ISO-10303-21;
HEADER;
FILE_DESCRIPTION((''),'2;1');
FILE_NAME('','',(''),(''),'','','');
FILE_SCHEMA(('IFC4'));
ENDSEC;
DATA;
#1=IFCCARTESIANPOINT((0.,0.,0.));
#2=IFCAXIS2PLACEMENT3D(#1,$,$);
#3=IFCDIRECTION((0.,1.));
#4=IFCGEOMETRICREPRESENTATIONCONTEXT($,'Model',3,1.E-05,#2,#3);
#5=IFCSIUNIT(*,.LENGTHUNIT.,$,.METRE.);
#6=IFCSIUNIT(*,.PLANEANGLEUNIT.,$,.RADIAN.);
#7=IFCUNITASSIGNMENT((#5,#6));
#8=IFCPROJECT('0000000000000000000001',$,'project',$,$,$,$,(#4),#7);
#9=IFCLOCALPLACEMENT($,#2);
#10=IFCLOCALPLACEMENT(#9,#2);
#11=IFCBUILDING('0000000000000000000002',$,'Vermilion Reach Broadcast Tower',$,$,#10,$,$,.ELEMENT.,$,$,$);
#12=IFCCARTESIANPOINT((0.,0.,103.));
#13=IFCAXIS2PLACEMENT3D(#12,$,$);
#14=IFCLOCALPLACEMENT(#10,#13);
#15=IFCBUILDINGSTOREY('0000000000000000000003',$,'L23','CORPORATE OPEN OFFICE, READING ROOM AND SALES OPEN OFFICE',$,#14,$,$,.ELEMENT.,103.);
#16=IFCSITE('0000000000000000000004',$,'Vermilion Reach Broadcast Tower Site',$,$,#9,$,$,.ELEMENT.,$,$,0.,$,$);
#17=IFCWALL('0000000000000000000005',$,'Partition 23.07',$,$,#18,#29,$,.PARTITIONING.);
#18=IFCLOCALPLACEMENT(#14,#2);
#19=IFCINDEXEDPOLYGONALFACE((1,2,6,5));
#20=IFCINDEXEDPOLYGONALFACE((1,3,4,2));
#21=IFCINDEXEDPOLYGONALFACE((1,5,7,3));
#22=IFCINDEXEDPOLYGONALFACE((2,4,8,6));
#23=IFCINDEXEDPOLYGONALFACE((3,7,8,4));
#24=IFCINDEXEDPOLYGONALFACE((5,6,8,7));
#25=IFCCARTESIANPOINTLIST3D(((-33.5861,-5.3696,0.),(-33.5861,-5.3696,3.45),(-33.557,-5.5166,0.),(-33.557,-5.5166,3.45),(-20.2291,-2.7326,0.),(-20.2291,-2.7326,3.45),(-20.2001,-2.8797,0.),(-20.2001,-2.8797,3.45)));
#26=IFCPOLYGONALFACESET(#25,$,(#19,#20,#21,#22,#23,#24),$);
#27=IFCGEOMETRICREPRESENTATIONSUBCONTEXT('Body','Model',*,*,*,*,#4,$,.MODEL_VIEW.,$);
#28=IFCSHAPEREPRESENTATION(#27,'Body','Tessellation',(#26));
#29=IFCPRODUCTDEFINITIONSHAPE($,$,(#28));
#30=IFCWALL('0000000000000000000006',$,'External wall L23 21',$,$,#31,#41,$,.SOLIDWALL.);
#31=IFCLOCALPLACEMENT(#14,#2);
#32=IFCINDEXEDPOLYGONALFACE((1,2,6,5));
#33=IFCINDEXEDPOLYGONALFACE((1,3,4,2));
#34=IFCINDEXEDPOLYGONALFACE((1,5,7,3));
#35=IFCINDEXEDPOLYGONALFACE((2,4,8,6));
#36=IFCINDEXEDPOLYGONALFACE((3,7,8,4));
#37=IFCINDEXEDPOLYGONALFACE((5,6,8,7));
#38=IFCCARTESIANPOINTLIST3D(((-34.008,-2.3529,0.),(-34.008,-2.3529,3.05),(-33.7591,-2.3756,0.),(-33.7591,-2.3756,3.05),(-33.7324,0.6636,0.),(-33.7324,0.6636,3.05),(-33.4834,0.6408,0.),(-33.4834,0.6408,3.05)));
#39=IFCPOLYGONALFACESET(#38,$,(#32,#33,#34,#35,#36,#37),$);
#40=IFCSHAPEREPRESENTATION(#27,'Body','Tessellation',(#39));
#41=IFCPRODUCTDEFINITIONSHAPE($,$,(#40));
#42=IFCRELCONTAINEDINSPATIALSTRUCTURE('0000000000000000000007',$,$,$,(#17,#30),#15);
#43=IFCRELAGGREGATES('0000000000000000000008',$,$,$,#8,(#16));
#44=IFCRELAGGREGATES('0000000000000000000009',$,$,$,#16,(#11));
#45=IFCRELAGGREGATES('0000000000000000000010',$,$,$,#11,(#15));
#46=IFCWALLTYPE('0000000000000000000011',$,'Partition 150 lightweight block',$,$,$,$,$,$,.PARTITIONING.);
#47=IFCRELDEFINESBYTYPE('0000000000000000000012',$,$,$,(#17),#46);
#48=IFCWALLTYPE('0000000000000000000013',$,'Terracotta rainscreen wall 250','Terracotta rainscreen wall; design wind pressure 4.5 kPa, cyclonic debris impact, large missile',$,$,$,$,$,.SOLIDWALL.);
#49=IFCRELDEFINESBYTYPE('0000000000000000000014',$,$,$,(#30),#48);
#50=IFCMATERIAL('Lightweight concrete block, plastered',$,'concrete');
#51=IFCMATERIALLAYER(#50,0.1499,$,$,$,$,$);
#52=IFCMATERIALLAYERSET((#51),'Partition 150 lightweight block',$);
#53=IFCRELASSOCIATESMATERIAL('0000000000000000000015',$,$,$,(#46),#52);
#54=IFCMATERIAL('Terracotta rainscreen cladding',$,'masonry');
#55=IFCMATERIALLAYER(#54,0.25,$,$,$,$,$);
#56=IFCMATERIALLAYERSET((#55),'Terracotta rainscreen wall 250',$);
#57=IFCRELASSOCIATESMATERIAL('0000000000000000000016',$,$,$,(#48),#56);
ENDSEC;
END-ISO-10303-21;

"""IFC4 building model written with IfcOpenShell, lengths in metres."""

from ifc_helpers import new_model, si_unit, direction, frame, frame_2d, origin, place, context, subcontext, project, spatial, rectangle, extrude, material, layer, layer_set, type_object, element, save


model = new_model("IFC4")

# Units and contexts
model_context = context("Model", 3, precision=1e-05, world=origin(), true_north=direction((0.0, 1.0)))
body_context = subcontext(model_context, "Body", "Model", "MODEL_VIEW")
ifc_project = project(units=[si_unit("LENGTHUNIT", "METRE"), si_unit("PLANEANGLEUNIT", "RADIAN")], contexts=[model_context])

# Site, building, storey
site_placement = place(None, origin())
site = spatial("IfcSite", under=ifc_project, at=site_placement, Name="Vermilion Reach Broadcast Tower Site", CompositionType="ELEMENT", RefElevation=0.0)
building_placement = place(site_placement, origin())
building = spatial("IfcBuilding", under=site, at=building_placement, Name="Vermilion Reach Broadcast Tower", CompositionType="ELEMENT")
storey_placement = place(building_placement, frame((0.0, 0.0, 103.0)))
storey = spatial("IfcBuildingStorey", under=building, at=storey_placement, Name="L23", Description="CORPORATE OPEN OFFICE, READING ROOM AND SALES OPEN OFFICE", CompositionType="ELEMENT", Elevation=103.0)

# Walls
ifc_material_1 = material(Name="Lightweight concrete block, plastered", Category="concrete")
ifc_layer_1 = layer(ifc_material_1, 0.1499)
ifc_layer_set_1 = layer_set([ifc_layer_1], Name="Partition 150 lightweight block")
wall_type_1 = type_object("IfcWallType", Name="Partition 150 lightweight block", PredefinedType="PARTITIONING", material=ifc_layer_set_1)
wall_1_placement = place(storey_placement, frame((-33.5715, -5.4431, 0.0), z_axis=(0.0, 0.0, 1.0), x_axis=(0.981064, 0.193684, 0.0)))
element("IfcWall", 1, at=wall_1_placement, inside=storey, type_object=wall_type_1, Name="Partition 23.07", PredefinedType="PARTITIONING", context=body_context, shape_type="SweptSolid", body=[
    extrude(rectangle(XDim=13.6147, YDim=0.1499, at=frame_2d((6.8074, 0.0))), origin(), (0.0, 0.0, 1.0), 3.45),
])
ifc_material_2 = material(Name="Terracotta rainscreen cladding", Category="masonry")
ifc_layer_2 = layer(ifc_material_2, 0.25)
ifc_layer_set_2 = layer_set([ifc_layer_2], Name="Terracotta rainscreen wall 250")
wall_type_2 = type_object("IfcWallType", Name="Terracotta rainscreen wall 250", Description="Terracotta rainscreen wall; design wind pressure 4.5 kPa, cyclonic debris impact, large missile", PredefinedType="SOLIDWALL", material=ifc_layer_set_2)
wall_2_placement = place(storey_placement, frame((-33.6079, 0.6523, 0.0), z_axis=(0.0, 0.0, 1.0), x_axis=(-0.090994, -0.995851, 0.0)))
element("IfcWall", 2, at=wall_2_placement, inside=storey, type_object=wall_type_2, Name="External wall L23 21", PredefinedType="SOLIDWALL", context=body_context, shape_type="SweptSolid", body=[
    extrude(rectangle(XDim=3.0291, YDim=0.25, at=frame_2d((1.5146, 0.0))), origin(), (0.0, 0.0, 1.0), 3.05),
])

save(model, "model.ifc")
